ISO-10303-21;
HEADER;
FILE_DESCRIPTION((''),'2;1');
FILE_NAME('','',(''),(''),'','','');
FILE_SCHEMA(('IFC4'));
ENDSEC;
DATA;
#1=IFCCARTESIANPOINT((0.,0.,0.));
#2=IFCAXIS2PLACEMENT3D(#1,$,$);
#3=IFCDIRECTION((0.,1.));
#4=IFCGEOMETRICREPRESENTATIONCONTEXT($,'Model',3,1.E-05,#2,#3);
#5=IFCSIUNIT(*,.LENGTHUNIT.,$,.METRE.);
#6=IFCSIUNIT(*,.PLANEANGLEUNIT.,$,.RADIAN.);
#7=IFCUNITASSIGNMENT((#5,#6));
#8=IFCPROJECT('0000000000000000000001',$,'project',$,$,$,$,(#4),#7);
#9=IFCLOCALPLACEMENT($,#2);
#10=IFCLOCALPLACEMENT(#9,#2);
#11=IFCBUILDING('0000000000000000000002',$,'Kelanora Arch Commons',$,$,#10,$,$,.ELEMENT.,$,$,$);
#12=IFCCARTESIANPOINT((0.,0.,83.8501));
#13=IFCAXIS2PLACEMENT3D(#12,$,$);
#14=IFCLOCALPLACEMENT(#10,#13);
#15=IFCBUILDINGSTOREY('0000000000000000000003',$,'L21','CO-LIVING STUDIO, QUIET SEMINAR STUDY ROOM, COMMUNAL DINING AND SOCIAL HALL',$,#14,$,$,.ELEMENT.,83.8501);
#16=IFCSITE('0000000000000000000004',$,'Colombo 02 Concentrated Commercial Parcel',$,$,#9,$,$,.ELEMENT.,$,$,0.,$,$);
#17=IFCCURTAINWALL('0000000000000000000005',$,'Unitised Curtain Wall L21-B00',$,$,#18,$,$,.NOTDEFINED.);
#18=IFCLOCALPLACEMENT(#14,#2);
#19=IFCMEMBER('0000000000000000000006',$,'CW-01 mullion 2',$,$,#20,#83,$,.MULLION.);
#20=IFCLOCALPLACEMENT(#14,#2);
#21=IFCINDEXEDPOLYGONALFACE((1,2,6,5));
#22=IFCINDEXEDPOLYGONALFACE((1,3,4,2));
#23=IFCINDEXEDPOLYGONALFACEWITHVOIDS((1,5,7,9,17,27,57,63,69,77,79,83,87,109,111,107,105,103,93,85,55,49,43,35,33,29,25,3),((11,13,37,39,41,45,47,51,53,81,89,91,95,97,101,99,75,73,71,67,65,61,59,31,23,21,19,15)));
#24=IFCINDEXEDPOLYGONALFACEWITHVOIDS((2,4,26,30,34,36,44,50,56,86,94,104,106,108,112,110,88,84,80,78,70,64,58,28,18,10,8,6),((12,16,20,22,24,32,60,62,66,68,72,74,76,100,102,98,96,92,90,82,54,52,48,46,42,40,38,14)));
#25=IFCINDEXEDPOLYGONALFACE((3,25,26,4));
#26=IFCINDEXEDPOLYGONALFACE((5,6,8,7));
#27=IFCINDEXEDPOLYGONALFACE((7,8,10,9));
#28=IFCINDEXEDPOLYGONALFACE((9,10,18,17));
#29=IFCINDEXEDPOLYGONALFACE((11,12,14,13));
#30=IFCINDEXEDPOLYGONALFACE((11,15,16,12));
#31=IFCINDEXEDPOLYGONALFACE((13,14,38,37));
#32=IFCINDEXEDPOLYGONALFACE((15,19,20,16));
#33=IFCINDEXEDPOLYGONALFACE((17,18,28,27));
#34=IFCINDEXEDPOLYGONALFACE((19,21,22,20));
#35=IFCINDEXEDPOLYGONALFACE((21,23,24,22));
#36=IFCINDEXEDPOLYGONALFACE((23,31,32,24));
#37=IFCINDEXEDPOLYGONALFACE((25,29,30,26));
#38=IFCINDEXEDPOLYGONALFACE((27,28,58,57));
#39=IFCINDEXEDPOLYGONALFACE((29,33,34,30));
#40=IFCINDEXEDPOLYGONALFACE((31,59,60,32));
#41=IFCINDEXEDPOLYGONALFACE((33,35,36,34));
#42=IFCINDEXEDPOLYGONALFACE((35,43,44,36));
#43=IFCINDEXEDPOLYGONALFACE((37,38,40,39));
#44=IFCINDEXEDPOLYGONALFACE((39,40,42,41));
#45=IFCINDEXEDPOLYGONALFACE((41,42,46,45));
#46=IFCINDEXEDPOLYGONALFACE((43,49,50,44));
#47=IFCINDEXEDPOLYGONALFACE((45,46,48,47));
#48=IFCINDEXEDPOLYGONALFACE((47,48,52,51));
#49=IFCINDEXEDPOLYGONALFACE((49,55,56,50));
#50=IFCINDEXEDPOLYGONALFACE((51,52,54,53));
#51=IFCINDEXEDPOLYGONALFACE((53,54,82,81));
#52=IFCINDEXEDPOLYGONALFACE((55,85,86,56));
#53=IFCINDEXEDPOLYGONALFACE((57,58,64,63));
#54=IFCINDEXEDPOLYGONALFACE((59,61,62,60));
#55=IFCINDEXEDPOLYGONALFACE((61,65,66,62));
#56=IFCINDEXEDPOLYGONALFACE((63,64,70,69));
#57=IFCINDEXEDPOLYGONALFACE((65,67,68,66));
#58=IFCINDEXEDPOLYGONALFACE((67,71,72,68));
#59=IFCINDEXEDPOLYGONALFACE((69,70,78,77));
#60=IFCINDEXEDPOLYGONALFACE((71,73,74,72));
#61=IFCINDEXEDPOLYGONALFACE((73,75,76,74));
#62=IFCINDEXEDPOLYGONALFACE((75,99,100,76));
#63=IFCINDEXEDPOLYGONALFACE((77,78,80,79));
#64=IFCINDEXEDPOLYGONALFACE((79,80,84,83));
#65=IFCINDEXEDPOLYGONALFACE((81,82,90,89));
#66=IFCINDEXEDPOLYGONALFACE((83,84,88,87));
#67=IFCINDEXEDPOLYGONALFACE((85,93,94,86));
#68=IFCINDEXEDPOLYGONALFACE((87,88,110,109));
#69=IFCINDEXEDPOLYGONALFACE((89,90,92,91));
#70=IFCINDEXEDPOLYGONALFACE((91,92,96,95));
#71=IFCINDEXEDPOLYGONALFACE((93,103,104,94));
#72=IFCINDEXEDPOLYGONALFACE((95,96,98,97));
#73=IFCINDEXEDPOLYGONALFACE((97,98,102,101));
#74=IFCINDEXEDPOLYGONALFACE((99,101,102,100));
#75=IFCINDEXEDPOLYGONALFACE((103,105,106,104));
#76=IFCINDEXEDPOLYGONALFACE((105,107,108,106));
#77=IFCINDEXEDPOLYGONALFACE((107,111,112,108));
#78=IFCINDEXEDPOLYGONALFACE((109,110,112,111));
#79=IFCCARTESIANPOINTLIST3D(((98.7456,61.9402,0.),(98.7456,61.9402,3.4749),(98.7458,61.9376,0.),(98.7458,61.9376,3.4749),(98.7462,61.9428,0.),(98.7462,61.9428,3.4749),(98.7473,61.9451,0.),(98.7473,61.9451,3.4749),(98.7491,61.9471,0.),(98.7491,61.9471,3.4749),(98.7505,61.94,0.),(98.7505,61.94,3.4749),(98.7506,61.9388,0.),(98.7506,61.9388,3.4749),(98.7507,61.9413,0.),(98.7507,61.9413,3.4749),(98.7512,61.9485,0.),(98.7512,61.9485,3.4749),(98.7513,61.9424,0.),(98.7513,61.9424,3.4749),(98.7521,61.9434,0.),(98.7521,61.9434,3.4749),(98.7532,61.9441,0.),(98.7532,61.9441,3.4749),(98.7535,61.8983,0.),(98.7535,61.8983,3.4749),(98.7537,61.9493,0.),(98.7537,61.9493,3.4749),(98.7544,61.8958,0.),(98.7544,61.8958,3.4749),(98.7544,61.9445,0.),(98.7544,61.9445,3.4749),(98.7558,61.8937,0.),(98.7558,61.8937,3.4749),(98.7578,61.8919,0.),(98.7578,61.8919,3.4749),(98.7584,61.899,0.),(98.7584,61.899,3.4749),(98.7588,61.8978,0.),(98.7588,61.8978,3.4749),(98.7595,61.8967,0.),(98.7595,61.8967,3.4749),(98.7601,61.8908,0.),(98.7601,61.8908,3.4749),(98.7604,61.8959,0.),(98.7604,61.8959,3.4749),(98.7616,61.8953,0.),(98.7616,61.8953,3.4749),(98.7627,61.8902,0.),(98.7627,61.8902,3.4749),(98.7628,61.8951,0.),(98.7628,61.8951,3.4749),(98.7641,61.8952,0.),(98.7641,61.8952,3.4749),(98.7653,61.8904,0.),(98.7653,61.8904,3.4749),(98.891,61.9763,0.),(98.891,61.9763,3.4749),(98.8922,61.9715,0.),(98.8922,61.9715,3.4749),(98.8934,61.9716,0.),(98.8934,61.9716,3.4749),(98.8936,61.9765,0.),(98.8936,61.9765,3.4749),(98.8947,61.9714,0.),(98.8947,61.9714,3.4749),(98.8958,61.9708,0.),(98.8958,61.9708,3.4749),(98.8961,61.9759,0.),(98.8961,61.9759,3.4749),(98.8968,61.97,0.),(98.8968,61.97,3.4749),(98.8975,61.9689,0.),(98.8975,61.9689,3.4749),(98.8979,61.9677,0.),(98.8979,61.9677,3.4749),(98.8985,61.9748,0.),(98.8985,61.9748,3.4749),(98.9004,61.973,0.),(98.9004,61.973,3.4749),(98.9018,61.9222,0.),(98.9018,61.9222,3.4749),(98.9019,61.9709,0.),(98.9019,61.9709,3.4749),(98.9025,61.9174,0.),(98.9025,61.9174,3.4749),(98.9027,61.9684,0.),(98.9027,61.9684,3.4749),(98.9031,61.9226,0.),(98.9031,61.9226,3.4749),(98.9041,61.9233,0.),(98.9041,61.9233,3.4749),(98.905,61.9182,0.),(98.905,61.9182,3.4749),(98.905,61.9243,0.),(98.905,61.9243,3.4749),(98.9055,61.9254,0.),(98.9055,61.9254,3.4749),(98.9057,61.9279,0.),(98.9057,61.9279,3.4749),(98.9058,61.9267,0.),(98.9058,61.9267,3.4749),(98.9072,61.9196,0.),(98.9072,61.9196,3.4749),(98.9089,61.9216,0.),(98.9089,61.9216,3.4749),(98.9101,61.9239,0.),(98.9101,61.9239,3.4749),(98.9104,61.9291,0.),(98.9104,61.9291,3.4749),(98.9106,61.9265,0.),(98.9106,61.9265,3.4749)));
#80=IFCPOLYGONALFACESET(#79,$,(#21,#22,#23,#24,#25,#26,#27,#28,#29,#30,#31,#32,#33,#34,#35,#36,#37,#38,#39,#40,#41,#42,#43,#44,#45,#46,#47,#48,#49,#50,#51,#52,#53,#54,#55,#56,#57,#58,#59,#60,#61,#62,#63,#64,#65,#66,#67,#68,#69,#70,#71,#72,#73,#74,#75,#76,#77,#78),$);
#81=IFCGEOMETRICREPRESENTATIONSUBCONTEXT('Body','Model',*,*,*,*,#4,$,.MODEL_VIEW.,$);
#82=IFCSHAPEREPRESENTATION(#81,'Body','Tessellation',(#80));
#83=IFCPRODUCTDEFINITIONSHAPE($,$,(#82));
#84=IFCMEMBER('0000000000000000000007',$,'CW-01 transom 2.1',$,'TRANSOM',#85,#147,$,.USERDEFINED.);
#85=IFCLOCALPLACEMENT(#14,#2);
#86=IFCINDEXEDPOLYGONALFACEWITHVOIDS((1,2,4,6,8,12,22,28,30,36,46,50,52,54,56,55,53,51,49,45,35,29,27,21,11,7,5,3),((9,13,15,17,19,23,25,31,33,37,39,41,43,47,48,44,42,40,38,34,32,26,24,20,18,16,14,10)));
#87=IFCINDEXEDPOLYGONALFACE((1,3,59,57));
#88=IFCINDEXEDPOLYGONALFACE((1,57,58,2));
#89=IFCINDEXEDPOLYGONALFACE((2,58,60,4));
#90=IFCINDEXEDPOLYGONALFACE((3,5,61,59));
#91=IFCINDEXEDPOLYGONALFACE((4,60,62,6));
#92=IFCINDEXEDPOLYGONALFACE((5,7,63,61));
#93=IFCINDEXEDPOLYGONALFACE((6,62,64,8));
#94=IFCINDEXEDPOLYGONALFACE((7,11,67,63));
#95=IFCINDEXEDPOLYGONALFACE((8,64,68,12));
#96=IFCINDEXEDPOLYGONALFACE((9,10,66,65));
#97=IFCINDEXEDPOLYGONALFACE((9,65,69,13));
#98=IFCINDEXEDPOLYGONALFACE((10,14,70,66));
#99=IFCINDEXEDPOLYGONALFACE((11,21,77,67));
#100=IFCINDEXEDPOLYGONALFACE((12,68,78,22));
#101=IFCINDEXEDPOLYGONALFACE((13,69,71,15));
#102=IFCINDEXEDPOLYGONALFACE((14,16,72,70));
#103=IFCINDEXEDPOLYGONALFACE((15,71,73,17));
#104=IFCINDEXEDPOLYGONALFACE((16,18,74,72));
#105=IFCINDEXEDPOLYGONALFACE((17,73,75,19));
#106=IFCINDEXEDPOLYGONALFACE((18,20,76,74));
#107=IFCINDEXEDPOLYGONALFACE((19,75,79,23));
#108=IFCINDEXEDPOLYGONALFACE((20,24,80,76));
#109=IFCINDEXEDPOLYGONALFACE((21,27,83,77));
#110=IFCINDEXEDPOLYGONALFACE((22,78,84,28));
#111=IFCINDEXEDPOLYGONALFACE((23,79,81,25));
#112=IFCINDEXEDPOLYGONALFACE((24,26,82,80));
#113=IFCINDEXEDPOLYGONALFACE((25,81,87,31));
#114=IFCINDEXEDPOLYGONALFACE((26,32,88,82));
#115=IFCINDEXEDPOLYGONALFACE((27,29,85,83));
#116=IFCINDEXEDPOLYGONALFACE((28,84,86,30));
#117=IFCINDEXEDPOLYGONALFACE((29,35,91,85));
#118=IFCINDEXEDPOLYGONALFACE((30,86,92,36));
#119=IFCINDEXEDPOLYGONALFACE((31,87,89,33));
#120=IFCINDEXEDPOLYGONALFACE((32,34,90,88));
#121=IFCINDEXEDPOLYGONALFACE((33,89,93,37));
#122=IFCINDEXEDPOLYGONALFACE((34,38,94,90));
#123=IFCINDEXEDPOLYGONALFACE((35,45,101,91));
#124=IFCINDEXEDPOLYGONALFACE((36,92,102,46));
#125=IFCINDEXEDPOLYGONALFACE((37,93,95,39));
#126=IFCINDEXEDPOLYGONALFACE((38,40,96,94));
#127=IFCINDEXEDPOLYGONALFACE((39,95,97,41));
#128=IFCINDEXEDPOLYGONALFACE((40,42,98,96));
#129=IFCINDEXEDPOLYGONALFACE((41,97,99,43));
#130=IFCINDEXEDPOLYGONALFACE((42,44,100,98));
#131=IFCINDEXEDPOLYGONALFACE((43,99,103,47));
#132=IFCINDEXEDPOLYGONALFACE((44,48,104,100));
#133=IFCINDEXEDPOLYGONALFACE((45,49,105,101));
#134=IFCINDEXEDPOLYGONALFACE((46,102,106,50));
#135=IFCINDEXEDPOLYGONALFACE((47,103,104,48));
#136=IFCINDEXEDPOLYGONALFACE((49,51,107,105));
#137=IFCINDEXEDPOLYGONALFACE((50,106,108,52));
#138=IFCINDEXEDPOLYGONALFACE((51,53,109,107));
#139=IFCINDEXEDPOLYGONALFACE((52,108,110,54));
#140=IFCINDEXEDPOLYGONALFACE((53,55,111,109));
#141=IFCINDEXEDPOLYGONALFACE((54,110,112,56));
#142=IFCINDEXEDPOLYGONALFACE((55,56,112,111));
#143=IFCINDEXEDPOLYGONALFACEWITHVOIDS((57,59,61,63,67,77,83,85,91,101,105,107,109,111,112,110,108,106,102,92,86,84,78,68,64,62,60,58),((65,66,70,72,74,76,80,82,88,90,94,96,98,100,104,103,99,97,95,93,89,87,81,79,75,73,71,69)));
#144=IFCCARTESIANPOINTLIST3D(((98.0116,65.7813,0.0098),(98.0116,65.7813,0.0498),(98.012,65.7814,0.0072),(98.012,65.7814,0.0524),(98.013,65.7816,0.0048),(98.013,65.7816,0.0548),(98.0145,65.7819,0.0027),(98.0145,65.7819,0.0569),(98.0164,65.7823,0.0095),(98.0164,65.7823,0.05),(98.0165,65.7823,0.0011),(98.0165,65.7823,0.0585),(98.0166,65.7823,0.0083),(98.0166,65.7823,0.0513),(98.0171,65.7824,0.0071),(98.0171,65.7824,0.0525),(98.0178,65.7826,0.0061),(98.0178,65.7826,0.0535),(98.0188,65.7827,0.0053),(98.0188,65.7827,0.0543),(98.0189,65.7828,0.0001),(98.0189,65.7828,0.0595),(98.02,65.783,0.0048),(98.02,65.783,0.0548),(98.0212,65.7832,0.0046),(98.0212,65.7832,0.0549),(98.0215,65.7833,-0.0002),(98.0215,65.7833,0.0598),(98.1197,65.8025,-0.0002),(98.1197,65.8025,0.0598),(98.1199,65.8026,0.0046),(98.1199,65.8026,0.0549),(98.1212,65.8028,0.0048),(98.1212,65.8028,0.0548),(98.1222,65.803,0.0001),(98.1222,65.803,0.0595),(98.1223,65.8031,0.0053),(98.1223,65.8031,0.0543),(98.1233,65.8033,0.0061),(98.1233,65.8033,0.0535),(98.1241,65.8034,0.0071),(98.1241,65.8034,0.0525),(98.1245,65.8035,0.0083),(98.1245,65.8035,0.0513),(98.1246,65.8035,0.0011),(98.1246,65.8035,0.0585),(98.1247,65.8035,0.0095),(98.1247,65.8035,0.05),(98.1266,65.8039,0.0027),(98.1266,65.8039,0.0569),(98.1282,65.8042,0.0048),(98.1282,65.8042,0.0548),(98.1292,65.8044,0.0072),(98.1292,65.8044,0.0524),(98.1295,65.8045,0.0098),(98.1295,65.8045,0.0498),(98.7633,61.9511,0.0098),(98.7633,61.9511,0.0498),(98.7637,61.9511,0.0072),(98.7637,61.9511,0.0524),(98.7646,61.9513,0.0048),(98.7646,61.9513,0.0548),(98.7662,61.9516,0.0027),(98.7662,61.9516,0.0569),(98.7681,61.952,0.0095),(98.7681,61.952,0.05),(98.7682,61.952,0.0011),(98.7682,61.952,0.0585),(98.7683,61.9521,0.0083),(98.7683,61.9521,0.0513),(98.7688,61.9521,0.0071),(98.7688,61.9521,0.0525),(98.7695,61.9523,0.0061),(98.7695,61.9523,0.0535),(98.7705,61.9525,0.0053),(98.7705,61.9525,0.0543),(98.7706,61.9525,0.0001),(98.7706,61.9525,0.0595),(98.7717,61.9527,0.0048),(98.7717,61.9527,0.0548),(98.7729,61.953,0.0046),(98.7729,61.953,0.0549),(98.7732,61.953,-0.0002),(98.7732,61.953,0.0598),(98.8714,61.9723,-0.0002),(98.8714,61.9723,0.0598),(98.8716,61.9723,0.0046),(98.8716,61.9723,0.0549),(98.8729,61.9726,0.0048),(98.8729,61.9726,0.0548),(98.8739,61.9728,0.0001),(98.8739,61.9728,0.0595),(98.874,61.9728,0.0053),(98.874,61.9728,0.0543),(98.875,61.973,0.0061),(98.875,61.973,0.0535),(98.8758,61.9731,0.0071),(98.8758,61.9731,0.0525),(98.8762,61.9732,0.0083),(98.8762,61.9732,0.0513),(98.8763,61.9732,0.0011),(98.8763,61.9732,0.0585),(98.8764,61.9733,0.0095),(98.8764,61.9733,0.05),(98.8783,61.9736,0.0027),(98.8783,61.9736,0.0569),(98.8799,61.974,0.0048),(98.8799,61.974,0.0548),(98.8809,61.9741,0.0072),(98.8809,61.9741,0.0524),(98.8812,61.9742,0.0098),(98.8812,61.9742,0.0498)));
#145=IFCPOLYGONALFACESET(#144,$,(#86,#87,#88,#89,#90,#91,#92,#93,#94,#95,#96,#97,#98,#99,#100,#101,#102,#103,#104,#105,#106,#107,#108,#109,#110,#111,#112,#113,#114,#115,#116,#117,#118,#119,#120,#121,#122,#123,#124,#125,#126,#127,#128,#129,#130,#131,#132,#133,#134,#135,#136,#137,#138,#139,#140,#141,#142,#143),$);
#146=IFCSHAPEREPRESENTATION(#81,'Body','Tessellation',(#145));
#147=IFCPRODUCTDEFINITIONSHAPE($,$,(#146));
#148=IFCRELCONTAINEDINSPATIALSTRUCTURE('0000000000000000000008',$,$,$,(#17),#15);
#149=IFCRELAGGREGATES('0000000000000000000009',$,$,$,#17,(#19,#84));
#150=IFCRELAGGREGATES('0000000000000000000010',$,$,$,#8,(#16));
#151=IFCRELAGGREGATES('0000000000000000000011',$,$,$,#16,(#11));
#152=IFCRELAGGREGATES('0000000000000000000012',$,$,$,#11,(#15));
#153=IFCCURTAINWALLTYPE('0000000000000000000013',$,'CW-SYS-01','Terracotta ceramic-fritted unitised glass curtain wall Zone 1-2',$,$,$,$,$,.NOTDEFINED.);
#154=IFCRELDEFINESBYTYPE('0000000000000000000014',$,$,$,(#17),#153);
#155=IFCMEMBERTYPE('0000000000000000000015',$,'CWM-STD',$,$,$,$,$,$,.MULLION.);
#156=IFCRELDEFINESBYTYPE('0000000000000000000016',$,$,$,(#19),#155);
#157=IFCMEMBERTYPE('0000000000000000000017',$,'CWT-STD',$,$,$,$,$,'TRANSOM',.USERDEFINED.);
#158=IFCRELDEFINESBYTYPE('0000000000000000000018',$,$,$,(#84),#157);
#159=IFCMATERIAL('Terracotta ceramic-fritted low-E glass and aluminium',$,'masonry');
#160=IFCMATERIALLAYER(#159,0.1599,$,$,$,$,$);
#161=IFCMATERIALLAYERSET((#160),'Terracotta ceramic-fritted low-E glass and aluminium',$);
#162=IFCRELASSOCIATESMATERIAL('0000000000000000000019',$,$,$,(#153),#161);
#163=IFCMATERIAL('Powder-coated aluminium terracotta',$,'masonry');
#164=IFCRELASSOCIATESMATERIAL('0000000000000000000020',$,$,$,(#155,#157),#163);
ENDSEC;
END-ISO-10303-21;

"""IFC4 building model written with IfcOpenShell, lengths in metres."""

from ifc_helpers import new_model, si_unit, direction, frame, origin, origin_2d, place, context, subcontext, project, spatial, hollow_rectangle, extrude, material, layer, layer_set, material_profile, profile_set, type_object, element, aggregate, save


model = new_model("IFC4")

# Units and contexts
model_context = context("Model", 3, precision=1e-05, world=origin(), true_north=direction((0.0, 1.0)))
body_context = subcontext(model_context, "Body", "Model", "MODEL_VIEW")
ifc_project = project(units=[si_unit("LENGTHUNIT", "METRE"), si_unit("PLANEANGLEUNIT", "RADIAN")], contexts=[model_context])

# Site, building, storey
site_placement = place(None, origin())
site = spatial("IfcSite", under=ifc_project, at=site_placement, Name="Colombo 02 Concentrated Commercial Parcel", CompositionType="ELEMENT", RefElevation=0.0)
building_placement = place(site_placement, origin())
building = spatial("IfcBuilding", under=site, at=building_placement, Name="Kelanora Arch Commons", CompositionType="ELEMENT")
storey_placement = place(building_placement, frame((0.0, 0.0, 83.8501)))
storey = spatial("IfcBuildingStorey", under=building, at=storey_placement, Name="L21", Description="CO-LIVING STUDIO, QUIET SEMINAR STUDY ROOM, COMMUNAL DINING AND SOCIAL HALL", CompositionType="ELEMENT", Elevation=83.8501)

# Curtain wall, members
ifc_material_1 = material(Name="Terracotta ceramic-fritted low-E glass and aluminium", Category="masonry")
ifc_layer_1 = layer(ifc_material_1, 0.1599)
ifc_layer_set_1 = layer_set([ifc_layer_1], Name="Terracotta ceramic-fritted low-E glass and aluminium")
curtain_wall_type = type_object("IfcCurtainWallType", Name="CW-SYS-01", Description="Terracotta ceramic-fritted unitised glass curtain wall Zone 1-2", PredefinedType="NOTDEFINED", material=ifc_layer_set_1)
curtain_wall_placement = place(storey_placement, origin())
curtain_wall = element("IfcCurtainWall", 1, at=curtain_wall_placement, inside=storey, type_object=curtain_wall_type, Name="Unitised Curtain Wall L21-B00", PredefinedType="NOTDEFINED")
ifc_material_2 = material(Name="Powder-coated aluminium terracotta", Category="masonry")
ifc_material_profile_1 = material_profile(ifc_material_2, hollow_rectangle(XDim=0.1599, YDim=0.0601, WallThickness=0.0049, InnerFilletRadius=0.0049, OuterFilletRadius=0.01, at=origin_2d()), Name="CWM160x60")
ifc_profile_set_1 = profile_set([ifc_material_profile_1], Name="Powder-coated aluminium terracotta")
member_type_1 = type_object("IfcMemberType", Name="CWM-STD", PredefinedType="MULLION", material=ifc_profile_set_1)
member_1_placement = place(storey_placement, frame((98.8281, 61.9333, 0.0), z_axis=(0.0, 0.0, 1.0), x_axis=(-0.98128, -0.192585, 0.0)))
member_1 = element("IfcMember", 2, at=member_1_placement, type_object=member_type_1, Name="CW-01 mullion 2", PredefinedType="MULLION", context=body_context, shape_type="SweptSolid", body=[
    extrude(hollow_rectangle(XDim=0.1599, YDim=0.0601, WallThickness=0.0049, InnerFilletRadius=0.0049, OuterFilletRadius=0.01, at=origin_2d()), origin(), (0.0, 0.0, 1.0), 3.4749),
])
ifc_material_profile_2 = material_profile(ifc_material_2, hollow_rectangle(XDim=0.1201, YDim=0.0601, WallThickness=0.0049, InnerFilletRadius=0.0049, OuterFilletRadius=0.01, at=origin_2d()), Name="CWT120x60")
ifc_profile_set_2 = profile_set([ifc_material_profile_2], Name="Powder-coated aluminium terracotta")
member_type_2 = type_object("IfcMemberType", Name="CWT-STD", ElementType="TRANSOM", PredefinedType="USERDEFINED", material=ifc_profile_set_2)
member_2_placement = place(storey_placement, frame((98.8223, 61.9626, 0.0298), z_axis=(-0.192579, 0.981282, 0.0), x_axis=(-0.981282, -0.192579, 0.0)))
member_2 = element("IfcMember", 3, at=member_2_placement, type_object=member_type_2, Name="CW-01 transom 2.1", ObjectType="TRANSOM", PredefinedType="USERDEFINED", context=body_context, shape_type="SweptSolid", body=[
    extrude(hollow_rectangle(XDim=0.1201, YDim=0.0601, WallThickness=0.0049, InnerFilletRadius=0.0049, OuterFilletRadius=0.01, at=origin_2d()), origin(), (0.0, 0.0, 1.0), 3.9033),
])
aggregate(curtain_wall, [member_1, member_2])

save(model, "model.ifc")
